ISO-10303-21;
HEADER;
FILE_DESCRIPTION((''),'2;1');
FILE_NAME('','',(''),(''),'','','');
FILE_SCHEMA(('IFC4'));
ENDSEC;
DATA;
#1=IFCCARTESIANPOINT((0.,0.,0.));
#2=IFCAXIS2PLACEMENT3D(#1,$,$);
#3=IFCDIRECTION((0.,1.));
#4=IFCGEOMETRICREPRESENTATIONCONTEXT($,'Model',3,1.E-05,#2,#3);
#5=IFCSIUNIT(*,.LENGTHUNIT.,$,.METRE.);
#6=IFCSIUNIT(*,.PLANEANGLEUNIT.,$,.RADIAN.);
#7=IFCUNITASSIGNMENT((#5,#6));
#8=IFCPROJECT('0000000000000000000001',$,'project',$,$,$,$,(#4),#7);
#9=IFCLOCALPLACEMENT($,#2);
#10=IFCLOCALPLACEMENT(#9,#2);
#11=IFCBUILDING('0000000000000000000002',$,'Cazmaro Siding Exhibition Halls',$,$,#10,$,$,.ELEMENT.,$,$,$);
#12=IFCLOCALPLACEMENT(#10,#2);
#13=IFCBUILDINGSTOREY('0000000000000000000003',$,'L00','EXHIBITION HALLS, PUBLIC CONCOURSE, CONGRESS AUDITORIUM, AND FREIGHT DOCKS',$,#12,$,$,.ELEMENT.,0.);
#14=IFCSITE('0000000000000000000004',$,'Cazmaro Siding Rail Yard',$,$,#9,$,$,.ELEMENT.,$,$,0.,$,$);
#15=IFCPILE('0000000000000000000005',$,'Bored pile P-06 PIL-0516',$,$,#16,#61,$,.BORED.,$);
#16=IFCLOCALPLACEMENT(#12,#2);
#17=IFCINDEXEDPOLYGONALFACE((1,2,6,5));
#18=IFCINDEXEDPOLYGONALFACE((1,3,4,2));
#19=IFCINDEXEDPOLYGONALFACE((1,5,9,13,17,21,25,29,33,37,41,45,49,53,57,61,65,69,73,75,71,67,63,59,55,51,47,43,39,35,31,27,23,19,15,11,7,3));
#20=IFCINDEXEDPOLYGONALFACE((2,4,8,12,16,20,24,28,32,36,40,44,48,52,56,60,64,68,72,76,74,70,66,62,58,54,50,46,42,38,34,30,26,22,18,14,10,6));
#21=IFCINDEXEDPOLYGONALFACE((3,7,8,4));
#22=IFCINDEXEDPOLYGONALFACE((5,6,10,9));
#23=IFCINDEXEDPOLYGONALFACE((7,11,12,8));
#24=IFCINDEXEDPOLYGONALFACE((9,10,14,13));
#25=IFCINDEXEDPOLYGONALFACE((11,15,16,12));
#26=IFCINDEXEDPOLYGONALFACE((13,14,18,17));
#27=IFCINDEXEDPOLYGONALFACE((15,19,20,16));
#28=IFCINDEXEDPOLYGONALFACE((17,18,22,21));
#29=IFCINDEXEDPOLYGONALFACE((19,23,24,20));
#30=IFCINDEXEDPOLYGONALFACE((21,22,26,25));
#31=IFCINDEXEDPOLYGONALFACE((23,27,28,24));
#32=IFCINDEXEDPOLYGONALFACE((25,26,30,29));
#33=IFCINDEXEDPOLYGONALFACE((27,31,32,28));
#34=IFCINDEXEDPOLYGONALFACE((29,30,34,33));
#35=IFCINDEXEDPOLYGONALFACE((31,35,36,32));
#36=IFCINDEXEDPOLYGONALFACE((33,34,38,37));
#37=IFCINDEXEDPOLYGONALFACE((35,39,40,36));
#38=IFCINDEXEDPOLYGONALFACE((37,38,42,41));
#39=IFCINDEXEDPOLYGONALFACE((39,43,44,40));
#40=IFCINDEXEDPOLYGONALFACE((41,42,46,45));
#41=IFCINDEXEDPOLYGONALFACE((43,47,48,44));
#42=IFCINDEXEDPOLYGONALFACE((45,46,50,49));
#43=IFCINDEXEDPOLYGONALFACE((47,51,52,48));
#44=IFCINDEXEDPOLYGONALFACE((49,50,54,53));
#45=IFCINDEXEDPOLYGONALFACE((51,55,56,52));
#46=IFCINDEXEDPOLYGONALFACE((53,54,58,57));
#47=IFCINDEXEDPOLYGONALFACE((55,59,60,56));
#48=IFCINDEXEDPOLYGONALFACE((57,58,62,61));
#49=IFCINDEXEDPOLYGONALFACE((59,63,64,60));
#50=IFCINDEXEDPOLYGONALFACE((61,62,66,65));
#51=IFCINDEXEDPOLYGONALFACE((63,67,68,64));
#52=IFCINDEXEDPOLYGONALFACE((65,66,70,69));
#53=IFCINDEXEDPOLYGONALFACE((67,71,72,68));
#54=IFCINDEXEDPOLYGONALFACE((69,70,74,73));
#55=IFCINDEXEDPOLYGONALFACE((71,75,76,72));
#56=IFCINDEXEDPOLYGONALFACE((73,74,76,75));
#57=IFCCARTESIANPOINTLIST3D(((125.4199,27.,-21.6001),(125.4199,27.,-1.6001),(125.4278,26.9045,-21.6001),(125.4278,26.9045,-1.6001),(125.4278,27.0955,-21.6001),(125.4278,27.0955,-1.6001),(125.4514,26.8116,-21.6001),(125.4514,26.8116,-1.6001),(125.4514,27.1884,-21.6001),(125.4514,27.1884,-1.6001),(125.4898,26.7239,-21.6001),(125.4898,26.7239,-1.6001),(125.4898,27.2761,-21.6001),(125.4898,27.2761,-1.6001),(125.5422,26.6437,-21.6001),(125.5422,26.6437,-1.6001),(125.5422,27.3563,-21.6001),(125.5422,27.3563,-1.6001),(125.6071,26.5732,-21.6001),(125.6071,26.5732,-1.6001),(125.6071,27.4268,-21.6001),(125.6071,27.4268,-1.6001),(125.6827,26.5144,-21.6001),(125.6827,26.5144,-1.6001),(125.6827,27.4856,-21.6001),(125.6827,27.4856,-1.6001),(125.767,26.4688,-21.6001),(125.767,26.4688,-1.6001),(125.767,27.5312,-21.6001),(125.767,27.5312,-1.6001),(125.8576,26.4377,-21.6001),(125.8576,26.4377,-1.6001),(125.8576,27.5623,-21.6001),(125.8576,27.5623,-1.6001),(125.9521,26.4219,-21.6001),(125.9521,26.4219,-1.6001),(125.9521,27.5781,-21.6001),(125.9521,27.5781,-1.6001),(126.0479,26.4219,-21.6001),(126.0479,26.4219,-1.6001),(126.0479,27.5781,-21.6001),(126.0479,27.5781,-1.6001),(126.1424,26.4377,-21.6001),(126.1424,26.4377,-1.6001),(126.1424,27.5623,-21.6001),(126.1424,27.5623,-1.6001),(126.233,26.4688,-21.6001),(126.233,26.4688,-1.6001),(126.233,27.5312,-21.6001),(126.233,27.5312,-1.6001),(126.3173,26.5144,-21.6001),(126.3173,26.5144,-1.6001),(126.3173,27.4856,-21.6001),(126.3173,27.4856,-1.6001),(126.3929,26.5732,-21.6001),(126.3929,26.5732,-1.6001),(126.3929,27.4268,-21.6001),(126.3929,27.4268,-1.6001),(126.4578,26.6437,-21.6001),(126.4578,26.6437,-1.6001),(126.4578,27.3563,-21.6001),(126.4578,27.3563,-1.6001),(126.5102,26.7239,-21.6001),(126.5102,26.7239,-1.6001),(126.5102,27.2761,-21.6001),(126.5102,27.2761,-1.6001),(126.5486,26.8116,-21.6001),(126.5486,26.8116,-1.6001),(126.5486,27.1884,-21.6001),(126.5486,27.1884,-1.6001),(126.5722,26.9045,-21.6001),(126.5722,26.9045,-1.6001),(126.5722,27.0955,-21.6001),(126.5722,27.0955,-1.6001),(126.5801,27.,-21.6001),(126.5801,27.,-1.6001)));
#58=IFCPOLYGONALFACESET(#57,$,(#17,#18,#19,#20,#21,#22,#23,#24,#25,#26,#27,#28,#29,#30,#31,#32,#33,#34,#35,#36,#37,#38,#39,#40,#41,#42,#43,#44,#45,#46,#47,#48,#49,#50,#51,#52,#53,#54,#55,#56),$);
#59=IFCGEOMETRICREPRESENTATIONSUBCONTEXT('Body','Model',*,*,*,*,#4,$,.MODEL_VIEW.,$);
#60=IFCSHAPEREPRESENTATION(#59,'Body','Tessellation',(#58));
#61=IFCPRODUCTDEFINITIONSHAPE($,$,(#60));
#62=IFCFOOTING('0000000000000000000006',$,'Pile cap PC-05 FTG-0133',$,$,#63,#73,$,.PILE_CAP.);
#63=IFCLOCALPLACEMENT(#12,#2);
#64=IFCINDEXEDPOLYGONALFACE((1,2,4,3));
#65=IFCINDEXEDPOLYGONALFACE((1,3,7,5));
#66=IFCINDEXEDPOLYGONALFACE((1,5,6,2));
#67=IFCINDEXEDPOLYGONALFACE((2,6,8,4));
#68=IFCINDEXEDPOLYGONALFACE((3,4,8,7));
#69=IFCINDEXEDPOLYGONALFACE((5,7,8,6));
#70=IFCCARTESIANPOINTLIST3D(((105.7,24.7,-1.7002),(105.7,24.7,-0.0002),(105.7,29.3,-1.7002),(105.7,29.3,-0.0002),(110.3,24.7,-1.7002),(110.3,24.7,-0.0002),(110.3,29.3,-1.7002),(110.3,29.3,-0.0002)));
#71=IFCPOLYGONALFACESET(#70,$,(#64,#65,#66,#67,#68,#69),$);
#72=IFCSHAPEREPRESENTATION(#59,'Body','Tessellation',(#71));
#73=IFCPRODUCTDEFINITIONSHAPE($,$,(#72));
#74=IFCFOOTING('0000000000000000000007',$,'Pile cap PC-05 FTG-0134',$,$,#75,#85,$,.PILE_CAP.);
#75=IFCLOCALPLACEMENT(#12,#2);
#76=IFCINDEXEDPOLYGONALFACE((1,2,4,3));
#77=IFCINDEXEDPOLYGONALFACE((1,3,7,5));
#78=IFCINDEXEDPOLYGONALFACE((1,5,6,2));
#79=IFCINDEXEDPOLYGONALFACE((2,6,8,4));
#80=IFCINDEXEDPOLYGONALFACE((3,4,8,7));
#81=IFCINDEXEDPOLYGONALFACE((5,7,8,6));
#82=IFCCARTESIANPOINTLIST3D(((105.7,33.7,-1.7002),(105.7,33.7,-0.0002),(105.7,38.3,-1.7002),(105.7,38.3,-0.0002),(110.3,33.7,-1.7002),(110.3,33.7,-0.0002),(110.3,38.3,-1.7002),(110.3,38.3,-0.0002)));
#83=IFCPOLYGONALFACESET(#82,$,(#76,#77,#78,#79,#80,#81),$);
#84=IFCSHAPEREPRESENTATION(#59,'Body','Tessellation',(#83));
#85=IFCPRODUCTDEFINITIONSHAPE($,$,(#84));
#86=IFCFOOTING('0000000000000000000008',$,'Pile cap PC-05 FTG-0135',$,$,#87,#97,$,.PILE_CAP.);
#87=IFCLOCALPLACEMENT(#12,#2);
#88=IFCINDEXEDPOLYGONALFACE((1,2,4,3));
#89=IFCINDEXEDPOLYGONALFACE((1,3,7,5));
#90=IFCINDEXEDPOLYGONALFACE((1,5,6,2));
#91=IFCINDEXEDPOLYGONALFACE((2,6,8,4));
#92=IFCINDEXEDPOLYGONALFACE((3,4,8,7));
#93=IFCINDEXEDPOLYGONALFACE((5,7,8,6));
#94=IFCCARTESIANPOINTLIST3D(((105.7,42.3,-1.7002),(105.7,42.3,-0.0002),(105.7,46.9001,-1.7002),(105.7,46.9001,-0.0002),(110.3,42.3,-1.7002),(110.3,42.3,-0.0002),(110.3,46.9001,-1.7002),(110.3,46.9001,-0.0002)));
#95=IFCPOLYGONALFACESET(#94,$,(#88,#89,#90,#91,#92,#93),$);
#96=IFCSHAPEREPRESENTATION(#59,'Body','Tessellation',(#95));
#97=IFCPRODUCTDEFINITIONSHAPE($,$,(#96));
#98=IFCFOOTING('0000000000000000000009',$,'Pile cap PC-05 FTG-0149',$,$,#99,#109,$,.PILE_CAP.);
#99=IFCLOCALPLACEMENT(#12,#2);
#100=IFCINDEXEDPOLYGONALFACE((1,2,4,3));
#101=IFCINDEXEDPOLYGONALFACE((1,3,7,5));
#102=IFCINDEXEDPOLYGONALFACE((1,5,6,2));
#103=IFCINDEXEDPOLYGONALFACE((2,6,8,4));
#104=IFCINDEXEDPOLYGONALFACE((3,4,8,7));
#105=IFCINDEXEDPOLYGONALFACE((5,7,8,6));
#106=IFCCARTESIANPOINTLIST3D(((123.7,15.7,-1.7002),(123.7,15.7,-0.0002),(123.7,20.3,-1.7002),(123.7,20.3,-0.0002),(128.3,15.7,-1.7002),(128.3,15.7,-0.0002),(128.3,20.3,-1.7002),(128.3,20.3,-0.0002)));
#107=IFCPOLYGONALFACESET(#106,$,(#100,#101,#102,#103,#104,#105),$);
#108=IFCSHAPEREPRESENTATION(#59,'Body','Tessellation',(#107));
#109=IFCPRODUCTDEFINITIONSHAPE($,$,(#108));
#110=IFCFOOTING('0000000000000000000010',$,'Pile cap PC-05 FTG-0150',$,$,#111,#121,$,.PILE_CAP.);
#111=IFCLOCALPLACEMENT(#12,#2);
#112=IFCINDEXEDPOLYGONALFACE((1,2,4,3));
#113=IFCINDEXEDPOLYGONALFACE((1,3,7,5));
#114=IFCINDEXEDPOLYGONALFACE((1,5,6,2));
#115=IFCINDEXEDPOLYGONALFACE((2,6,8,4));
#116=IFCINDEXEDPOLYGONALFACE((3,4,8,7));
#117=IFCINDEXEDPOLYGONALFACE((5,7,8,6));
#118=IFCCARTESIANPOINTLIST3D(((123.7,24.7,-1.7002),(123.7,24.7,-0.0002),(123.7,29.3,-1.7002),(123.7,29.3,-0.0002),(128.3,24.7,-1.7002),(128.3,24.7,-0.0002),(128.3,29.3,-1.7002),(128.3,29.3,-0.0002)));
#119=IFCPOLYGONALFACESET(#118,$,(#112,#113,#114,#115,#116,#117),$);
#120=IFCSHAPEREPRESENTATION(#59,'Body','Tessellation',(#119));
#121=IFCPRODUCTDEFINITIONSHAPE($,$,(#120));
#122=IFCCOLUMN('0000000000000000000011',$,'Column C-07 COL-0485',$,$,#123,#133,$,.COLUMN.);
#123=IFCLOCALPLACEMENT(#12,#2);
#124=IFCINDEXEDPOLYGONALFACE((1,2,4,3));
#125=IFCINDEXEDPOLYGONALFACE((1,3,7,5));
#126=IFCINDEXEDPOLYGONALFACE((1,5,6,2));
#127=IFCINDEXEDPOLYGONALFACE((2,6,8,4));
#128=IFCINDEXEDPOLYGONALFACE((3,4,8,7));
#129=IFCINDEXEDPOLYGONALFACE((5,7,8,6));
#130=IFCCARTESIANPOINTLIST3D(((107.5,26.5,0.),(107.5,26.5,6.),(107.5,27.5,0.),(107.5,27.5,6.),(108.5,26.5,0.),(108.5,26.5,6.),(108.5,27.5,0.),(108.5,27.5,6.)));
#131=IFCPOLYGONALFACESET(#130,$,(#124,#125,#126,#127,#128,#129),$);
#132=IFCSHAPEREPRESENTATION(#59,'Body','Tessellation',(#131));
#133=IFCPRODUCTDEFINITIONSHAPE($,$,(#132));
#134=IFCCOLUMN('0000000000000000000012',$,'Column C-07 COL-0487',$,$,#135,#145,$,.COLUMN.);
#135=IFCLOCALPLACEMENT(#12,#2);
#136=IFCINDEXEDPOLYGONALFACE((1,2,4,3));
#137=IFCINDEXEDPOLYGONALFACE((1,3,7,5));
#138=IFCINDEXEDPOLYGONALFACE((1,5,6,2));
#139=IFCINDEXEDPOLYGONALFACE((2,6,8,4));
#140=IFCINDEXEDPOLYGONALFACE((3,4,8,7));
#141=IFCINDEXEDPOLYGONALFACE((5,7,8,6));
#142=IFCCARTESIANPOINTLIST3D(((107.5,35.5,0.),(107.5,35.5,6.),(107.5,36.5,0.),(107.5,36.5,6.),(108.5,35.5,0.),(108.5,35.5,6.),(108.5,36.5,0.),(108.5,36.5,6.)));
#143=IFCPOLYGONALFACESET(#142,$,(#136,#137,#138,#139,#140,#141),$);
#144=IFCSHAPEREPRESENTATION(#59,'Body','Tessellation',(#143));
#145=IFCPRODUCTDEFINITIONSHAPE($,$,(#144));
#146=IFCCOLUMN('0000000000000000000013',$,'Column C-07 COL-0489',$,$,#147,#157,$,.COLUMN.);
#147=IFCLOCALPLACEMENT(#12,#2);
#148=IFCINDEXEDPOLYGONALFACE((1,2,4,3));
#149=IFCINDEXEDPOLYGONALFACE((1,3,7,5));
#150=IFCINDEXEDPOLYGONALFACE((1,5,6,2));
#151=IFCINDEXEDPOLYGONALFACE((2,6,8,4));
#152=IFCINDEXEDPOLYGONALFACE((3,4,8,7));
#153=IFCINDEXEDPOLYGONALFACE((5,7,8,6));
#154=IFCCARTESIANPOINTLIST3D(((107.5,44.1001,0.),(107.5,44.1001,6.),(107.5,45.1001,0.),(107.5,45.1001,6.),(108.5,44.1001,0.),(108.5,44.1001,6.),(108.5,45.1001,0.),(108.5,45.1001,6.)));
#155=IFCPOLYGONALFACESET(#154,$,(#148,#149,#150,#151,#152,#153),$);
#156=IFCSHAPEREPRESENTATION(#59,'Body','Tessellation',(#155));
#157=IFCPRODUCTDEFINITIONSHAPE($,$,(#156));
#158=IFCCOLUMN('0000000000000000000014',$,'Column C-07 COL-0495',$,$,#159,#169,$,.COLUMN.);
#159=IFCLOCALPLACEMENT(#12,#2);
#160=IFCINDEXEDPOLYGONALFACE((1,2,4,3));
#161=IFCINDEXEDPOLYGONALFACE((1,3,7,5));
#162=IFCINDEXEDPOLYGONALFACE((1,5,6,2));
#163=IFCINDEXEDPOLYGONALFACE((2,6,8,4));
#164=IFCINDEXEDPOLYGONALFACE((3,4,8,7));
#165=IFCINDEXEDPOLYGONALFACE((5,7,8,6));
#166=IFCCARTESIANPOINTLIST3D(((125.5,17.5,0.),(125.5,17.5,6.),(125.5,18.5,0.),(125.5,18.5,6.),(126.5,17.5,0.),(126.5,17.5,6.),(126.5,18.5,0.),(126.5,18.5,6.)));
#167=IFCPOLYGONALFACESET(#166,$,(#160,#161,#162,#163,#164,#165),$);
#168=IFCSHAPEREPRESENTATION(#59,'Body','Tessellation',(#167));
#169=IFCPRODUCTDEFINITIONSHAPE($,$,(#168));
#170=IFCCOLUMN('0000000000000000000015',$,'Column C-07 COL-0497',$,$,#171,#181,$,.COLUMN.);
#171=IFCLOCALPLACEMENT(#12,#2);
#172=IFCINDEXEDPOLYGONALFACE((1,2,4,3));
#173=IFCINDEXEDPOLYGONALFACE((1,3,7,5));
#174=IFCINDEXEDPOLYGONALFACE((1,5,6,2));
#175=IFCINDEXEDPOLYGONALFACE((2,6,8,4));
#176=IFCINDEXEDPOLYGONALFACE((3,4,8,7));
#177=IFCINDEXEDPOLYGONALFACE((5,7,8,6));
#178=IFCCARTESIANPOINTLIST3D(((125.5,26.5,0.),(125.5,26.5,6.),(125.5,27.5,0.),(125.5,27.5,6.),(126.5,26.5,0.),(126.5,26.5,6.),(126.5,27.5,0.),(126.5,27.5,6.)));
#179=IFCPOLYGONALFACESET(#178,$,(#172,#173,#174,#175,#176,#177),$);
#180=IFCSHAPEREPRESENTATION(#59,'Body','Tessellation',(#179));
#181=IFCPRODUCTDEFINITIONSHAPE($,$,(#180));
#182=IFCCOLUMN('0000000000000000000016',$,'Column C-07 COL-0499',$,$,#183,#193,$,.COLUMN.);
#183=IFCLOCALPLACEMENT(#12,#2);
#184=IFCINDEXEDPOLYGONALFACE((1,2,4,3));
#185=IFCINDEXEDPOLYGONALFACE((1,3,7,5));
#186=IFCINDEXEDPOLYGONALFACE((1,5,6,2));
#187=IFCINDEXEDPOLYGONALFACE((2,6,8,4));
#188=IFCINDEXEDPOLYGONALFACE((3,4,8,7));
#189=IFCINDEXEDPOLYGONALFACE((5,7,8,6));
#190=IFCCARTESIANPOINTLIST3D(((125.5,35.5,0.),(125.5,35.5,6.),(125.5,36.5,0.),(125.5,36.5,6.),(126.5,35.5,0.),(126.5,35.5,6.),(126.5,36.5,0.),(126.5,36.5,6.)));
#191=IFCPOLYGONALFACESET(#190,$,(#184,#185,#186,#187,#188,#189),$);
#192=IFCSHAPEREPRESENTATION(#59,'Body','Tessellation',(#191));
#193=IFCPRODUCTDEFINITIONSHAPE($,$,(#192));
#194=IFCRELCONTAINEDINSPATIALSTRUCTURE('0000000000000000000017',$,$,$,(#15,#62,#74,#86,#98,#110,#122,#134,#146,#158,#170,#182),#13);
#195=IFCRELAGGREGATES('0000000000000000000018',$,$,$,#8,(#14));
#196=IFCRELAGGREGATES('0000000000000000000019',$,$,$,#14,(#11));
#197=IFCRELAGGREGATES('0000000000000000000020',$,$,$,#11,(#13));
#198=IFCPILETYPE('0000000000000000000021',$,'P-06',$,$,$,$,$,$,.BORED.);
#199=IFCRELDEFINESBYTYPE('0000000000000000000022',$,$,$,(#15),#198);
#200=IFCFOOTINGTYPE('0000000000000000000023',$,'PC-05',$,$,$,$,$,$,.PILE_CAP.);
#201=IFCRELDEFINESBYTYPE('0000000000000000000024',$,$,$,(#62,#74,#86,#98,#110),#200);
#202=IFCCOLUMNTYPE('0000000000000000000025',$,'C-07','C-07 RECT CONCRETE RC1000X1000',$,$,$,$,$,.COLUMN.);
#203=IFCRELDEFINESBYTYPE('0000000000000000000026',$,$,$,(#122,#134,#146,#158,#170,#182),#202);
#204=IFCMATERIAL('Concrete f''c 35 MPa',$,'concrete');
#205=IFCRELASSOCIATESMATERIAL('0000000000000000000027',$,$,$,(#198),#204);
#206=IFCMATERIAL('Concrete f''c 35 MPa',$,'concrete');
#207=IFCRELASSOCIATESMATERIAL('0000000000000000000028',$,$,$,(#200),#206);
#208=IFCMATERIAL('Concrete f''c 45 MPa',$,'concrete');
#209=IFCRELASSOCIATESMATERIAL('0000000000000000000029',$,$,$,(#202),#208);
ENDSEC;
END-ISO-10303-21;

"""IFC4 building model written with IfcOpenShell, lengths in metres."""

from ifc_helpers import new_model, si_unit, direction, frame, origin, origin_2d, place, context, subcontext, project, spatial, rectangle, circle, extrude, material, material_profile, profile_set, type_object, element, save


model = new_model("IFC4")

# Units and contexts
model_context = context("Model", 3, precision=1e-05, world=origin(), true_north=direction((0.0, 1.0)))
body_context = subcontext(model_context, "Body", "Model", "MODEL_VIEW")
ifc_project = project(units=[si_unit("LENGTHUNIT", "METRE"), si_unit("PLANEANGLEUNIT", "RADIAN")], contexts=[model_context])

# Site, building, storey
site_placement = place(None, origin())
site = spatial("IfcSite", under=ifc_project, at=site_placement, Name="Cazmaro Siding Rail Yard", CompositionType="ELEMENT", RefElevation=0.0)
building_placement = place(site_placement, origin())
building = spatial("IfcBuilding", under=site, at=building_placement, Name="Cazmaro Siding Exhibition Halls", CompositionType="ELEMENT")
storey_placement = place(building_placement, origin())
storey = spatial("IfcBuildingStorey", under=building, at=storey_placement, Name="L00", Description="EXHIBITION HALLS, PUBLIC CONCOURSE, CONGRESS AUDITORIUM, AND FREIGHT DOCKS", CompositionType="ELEMENT", Elevation=0.0)

# Pile
ifc_material_1 = material(Name="Concrete f'c 35 MPa", Category="concrete")
ifc_material_profile_1 = material_profile(ifc_material_1, circle(Radius=0.5801, at=origin_2d()), Name="CIDH-1160")
ifc_profile_set_1 = profile_set([ifc_material_profile_1], Name="Concrete f'c 35 MPa")
pile_type = type_object("IfcPileType", Name="P-06", PredefinedType="BORED", material=ifc_profile_set_1)
for number, where, z_axis, x_axis, name in (
    (1, (126.0, 27.0, -1.6001), (0.0, 0.0, -1.0), (1.0, 0.0, 0.0), "Bored pile P-06 PIL-0516"),
):
    element("IfcPile", number, at=place(storey_placement, frame(where, z_axis=z_axis, x_axis=x_axis)), inside=storey, type_object=pile_type, Name=name, PredefinedType="BORED", context=body_context, shape_type="SweptSolid", body=[
        extrude(circle(Radius=0.5801, at=origin_2d()), origin(), (0.0, 0.0, 1.0), 20.0),
    ])

# Footings
ifc_material_2 = material(Name="Concrete f'c 35 MPa", Category="concrete")
footing_type = type_object("IfcFootingType", Name="PC-05", PredefinedType="PILE_CAP", material=ifc_material_2)
for number, where, z_axis, x_axis, name in (
    (2, (108.0, 27.0, -1.7002), (0.0, 0.0, 1.0), (1.0, 0.0, 0.0), "Pile cap PC-05 FTG-0133"),
    (3, (108.0, 36.0, -1.7002), (0.0, 0.0, 1.0), (1.0, 0.0, 0.0), "Pile cap PC-05 FTG-0134"),
    (4, (108.0, 44.6001, -1.7002), (0.0, 0.0, 1.0), (1.0, 0.0, 0.0), "Pile cap PC-05 FTG-0135"),
    (5, (126.0, 18.0, -1.7002), (0.0, 0.0, 1.0), (1.0, 0.0, 0.0), "Pile cap PC-05 FTG-0149"),
    (6, (126.0, 27.0, -1.7002), (0.0, 0.0, 1.0), (1.0, 0.0, 0.0), "Pile cap PC-05 FTG-0150"),
):
    element("IfcFooting", number, at=place(storey_placement, frame(where, z_axis=z_axis, x_axis=x_axis)), inside=storey, type_object=footing_type, Name=name, PredefinedType="PILE_CAP", context=body_context, shape_type="SweptSolid", body=[
        extrude(rectangle(XDim=4.6001, YDim=4.6001, at=origin_2d()), origin(), (0.0, 0.0, 1.0), 1.7),
    ])

# Columns
ifc_material_3 = material(Name="Concrete f'c 45 MPa", Category="concrete")
ifc_material_profile_2 = material_profile(ifc_material_3, rectangle(XDim=1.0, YDim=1.0, at=origin_2d()), Name="RC1000X1000")
ifc_profile_set_2 = profile_set([ifc_material_profile_2], Name="Concrete f'c 45 MPa")
column_type = type_object("IfcColumnType", Name="C-07", Description="C-07 RECT CONCRETE RC1000X1000", PredefinedType="COLUMN", material=ifc_profile_set_2)
for number, where, z_axis, x_axis, name in (
    (7, (108.0, 27.0, 0.0), (0.0, 0.0, 1.0), (1.0, 0.0, 0.0), "Column C-07 COL-0485"),
    (8, (108.0, 36.0, 0.0), (0.0, 0.0, 1.0), (1.0, 0.0, 0.0), "Column C-07 COL-0487"),
    (9, (108.0, 44.6001, 0.0), (0.0, 0.0, 1.0), (1.0, 0.0, 0.0), "Column C-07 COL-0489"),
    (10, (126.0, 18.0, 0.0), (0.0, 0.0, 1.0), (1.0, 0.0, 0.0), "Column C-07 COL-0495"),
    (11, (126.0, 27.0, 0.0), (0.0, 0.0, 1.0), (1.0, 0.0, 0.0), "Column C-07 COL-0497"),
    (12, (126.0, 36.0, 0.0), (0.0, 0.0, 1.0), (1.0, 0.0, 0.0), "Column C-07 COL-0499"),
):
    element("IfcColumn", number, at=place(storey_placement, frame(where, z_axis=z_axis, x_axis=x_axis)), inside=storey, type_object=column_type, Name=name, PredefinedType="COLUMN", context=body_context, shape_type="SweptSolid", body=[
        extrude(rectangle(XDim=1.0, YDim=1.0, at=origin_2d()), origin(), (0.0, 0.0, 1.0), 6.0),
    ])

save(model, "model.ifc")
